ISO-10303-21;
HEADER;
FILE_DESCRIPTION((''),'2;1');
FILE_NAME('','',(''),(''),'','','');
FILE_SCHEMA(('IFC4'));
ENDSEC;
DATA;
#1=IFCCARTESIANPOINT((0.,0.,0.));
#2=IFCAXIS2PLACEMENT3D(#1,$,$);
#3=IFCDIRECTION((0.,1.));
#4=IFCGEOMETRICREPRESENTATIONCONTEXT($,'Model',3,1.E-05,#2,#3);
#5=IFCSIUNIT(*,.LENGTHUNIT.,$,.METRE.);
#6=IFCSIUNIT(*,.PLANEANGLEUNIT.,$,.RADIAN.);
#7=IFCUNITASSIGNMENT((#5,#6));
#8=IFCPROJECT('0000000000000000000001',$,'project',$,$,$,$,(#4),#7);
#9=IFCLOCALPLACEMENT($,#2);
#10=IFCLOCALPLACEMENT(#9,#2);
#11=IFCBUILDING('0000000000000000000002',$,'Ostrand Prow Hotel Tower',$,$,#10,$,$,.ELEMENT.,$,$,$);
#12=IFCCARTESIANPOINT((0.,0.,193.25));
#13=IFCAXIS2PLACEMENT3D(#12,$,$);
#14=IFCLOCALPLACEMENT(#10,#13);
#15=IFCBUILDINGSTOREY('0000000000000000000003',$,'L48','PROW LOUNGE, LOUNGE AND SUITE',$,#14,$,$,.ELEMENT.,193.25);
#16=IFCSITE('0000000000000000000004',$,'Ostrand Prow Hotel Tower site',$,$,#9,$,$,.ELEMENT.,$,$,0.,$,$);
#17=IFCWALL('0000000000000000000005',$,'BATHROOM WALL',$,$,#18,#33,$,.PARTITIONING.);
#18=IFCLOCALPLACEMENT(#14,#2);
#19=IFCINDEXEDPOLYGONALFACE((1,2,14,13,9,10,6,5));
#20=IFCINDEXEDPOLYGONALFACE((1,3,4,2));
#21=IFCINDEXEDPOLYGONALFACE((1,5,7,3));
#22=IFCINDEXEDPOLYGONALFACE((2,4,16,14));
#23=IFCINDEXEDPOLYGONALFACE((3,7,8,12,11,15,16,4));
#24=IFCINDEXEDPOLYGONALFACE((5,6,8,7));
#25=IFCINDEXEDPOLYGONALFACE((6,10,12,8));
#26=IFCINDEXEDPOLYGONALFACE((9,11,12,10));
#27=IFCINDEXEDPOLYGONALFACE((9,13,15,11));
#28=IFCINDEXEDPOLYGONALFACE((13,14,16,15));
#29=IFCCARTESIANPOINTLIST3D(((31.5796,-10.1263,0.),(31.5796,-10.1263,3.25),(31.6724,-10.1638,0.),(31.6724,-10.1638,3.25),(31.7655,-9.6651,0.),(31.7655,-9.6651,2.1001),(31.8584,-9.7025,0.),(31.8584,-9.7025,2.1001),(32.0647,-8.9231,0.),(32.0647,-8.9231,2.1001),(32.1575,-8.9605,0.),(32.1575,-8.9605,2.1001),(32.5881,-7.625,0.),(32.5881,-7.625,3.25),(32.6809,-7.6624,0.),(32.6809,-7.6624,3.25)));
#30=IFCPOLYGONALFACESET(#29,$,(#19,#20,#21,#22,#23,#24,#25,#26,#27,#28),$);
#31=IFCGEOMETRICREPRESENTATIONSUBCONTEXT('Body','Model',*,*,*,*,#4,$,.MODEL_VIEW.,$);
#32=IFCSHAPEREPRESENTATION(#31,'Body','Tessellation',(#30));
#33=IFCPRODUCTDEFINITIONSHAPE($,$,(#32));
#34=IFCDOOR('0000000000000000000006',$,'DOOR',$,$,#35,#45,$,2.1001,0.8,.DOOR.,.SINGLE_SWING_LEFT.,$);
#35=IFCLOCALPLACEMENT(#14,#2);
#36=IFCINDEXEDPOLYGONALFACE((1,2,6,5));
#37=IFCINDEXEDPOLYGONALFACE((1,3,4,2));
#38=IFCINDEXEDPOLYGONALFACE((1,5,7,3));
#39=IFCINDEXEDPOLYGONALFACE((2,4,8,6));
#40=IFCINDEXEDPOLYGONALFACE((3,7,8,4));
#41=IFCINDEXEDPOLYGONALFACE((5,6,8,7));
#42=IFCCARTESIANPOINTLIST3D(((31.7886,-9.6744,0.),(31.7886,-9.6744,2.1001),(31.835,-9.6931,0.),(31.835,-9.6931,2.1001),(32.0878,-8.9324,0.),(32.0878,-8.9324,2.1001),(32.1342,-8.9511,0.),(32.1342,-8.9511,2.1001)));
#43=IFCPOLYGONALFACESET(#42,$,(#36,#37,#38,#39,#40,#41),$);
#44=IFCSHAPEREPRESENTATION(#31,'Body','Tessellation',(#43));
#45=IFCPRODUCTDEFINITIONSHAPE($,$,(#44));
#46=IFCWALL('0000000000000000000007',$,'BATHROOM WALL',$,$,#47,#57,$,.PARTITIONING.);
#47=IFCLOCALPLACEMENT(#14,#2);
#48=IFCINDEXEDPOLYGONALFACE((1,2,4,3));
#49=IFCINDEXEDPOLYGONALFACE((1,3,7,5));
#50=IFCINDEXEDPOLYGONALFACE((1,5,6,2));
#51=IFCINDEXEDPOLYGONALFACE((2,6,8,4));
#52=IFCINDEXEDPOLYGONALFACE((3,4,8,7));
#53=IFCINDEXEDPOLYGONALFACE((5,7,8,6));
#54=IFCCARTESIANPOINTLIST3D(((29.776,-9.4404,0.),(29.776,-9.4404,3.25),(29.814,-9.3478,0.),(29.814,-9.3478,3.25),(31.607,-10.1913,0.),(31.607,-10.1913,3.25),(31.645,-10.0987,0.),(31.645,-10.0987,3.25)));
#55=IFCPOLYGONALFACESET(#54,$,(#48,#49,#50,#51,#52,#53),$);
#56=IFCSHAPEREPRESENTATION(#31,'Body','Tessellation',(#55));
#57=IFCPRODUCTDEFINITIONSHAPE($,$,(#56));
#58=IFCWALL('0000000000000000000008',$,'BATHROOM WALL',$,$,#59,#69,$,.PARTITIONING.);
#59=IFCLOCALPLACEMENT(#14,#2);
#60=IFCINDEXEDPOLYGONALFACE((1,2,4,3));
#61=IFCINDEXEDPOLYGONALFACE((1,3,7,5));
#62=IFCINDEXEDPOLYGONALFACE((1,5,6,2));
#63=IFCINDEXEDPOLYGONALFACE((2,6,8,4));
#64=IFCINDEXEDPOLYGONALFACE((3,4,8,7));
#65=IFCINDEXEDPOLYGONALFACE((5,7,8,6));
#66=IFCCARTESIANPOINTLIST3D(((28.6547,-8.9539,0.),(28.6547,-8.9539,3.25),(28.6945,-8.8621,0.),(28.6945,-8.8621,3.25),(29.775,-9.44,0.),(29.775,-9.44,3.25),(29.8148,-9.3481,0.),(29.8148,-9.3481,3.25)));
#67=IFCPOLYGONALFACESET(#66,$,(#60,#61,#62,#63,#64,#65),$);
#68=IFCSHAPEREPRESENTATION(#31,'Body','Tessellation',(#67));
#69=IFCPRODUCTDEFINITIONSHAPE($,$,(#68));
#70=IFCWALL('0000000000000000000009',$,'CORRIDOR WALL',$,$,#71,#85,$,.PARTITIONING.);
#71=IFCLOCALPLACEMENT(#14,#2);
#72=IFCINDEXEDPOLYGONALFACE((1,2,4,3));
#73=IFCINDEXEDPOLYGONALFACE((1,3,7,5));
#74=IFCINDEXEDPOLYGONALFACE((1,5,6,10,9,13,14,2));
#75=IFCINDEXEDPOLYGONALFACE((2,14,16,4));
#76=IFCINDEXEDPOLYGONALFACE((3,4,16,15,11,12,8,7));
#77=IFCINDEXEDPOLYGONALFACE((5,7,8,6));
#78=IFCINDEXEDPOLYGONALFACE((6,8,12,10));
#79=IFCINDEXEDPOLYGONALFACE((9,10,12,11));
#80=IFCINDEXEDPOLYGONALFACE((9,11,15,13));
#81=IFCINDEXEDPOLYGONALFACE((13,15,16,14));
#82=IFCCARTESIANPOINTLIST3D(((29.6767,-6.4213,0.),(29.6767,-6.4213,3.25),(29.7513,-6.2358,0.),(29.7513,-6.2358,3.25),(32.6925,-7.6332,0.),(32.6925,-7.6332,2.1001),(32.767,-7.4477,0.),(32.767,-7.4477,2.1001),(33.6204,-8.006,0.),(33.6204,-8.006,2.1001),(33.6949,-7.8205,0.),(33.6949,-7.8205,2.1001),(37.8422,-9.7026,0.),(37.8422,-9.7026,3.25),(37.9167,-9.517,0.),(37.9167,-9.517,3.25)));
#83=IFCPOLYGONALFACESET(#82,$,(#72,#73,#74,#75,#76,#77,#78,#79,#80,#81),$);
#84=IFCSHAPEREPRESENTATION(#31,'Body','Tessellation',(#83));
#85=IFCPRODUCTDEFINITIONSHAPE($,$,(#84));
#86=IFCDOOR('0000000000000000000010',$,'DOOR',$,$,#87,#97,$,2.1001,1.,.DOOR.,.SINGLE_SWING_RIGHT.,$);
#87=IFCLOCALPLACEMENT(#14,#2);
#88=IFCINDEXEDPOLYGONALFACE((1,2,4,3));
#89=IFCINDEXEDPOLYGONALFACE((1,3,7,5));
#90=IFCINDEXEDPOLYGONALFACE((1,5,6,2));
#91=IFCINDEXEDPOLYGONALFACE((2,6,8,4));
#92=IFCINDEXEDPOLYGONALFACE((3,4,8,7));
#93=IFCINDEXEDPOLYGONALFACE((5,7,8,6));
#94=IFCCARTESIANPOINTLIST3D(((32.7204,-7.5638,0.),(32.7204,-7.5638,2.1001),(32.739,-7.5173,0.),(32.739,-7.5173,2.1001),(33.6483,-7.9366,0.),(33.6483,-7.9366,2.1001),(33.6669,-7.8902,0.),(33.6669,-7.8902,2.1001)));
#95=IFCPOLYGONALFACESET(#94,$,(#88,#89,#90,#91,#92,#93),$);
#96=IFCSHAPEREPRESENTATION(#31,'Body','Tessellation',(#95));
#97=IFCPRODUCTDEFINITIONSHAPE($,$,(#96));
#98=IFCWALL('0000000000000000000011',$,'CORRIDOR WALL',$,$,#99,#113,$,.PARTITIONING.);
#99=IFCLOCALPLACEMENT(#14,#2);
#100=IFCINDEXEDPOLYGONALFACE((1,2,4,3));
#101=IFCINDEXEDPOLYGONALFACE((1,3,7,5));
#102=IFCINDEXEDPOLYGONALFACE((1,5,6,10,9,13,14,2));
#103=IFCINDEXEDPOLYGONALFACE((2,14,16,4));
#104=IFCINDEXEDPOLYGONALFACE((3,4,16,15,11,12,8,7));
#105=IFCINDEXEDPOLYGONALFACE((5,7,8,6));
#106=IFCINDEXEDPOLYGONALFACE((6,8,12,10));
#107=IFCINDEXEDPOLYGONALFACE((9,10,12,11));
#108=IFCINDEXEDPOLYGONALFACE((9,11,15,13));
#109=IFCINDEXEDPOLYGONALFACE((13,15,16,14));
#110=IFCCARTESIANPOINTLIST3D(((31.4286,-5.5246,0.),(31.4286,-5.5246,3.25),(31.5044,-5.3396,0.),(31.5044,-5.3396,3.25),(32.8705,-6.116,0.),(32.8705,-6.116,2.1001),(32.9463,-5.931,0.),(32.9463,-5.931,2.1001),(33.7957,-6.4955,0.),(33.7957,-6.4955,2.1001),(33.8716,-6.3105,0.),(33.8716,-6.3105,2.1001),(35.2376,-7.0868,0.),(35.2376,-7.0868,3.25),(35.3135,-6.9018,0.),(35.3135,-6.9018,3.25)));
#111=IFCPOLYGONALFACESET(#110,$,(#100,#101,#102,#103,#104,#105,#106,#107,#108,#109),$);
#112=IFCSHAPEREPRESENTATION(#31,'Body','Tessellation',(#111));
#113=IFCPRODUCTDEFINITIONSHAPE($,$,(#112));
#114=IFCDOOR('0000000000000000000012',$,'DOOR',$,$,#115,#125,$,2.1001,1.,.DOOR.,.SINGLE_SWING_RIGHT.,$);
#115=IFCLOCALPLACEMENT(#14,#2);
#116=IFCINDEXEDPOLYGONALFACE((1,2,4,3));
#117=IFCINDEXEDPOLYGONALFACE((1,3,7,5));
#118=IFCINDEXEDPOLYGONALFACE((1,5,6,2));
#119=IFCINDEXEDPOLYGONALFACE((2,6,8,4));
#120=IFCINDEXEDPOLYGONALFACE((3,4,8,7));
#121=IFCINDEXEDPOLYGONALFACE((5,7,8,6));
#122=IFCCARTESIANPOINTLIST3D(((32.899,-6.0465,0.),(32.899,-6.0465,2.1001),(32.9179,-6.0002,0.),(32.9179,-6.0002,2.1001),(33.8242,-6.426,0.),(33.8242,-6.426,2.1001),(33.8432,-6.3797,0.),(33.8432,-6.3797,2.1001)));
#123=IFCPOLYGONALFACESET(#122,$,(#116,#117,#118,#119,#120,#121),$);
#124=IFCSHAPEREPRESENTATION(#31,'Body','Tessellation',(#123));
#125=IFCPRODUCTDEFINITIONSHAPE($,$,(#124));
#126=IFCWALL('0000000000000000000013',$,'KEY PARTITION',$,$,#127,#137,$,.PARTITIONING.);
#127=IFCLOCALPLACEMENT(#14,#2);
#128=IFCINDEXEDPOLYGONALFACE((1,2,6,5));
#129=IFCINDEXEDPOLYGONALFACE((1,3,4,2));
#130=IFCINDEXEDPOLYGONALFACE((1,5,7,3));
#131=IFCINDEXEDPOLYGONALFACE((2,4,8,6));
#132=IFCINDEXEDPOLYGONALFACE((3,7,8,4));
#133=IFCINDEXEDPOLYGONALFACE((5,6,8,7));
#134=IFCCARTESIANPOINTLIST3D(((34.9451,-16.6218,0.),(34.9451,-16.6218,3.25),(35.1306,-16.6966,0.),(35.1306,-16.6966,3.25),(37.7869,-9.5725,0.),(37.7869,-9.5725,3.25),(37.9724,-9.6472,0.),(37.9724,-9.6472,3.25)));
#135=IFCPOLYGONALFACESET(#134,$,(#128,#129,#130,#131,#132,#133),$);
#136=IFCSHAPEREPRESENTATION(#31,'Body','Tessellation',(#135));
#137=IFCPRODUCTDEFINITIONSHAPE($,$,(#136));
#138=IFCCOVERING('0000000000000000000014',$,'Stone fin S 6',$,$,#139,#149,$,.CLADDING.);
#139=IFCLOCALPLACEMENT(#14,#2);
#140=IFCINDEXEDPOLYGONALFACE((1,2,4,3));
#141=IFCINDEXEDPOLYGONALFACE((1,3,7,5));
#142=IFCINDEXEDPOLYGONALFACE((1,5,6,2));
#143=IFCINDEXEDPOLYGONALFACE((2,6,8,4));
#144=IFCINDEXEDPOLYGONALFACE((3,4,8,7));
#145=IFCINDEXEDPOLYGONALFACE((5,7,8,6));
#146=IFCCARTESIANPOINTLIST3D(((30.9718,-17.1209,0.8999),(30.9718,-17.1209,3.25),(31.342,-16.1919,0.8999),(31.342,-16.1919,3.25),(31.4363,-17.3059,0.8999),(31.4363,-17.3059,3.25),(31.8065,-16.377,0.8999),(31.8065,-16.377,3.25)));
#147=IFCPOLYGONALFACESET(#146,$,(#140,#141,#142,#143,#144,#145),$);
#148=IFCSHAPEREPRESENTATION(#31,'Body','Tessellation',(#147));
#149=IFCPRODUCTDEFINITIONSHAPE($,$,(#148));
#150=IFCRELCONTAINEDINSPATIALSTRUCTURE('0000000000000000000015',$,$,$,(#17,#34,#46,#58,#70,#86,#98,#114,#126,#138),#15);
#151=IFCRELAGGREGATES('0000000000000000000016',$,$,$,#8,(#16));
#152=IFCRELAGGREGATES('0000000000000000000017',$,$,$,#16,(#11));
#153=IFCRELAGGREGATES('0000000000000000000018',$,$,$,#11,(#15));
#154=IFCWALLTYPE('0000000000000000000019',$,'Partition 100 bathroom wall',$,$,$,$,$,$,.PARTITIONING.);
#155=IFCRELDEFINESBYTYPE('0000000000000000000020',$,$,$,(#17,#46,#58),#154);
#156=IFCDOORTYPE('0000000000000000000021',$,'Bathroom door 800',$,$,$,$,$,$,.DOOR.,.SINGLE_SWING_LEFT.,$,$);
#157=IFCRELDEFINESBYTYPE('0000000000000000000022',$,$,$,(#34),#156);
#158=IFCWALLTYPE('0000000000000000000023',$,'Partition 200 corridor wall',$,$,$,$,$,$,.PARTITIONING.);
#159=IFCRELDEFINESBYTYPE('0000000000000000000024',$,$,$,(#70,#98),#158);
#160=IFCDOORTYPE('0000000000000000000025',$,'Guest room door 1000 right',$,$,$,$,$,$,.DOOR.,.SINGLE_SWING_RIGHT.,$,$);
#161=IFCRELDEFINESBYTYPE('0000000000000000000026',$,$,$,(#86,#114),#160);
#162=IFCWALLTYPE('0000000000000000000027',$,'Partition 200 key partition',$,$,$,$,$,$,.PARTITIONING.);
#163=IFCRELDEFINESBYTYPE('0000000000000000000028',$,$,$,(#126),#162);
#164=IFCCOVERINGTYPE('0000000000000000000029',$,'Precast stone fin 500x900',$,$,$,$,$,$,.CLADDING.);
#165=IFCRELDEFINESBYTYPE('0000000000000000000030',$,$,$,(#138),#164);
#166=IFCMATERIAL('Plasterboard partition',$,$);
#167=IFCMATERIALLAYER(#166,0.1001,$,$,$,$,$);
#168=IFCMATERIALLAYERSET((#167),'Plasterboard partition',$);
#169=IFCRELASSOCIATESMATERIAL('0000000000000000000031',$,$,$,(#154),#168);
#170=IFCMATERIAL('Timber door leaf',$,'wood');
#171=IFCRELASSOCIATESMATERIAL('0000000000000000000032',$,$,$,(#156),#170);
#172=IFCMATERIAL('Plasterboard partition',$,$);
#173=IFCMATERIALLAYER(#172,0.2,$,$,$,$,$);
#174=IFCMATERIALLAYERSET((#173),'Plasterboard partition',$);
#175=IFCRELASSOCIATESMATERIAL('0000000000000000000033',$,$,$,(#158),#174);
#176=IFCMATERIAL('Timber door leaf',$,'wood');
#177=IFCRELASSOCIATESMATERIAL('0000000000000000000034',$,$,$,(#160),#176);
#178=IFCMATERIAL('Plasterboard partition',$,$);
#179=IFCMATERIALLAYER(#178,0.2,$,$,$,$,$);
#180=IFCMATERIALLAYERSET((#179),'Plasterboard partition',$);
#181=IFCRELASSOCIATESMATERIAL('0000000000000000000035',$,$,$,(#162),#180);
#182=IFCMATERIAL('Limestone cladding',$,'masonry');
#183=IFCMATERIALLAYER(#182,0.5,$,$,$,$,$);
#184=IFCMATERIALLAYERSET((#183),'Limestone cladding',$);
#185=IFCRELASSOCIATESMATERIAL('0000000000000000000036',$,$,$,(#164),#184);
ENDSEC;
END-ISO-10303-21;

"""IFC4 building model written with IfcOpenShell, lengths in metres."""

from ifc_helpers import new_model, si_unit, direction, frame, frame_2d, origin, place, context, subcontext, project, spatial, rectangle, extrude, material, layer, layer_set, type_object, element, fill, save


model = new_model("IFC4")

# Units and contexts
model_context = context("Model", 3, precision=1e-05, world=origin(), true_north=direction((0.0, 1.0)))
body_context = subcontext(model_context, "Body", "Model", "MODEL_VIEW")
ifc_project = project(units=[si_unit("LENGTHUNIT", "METRE"), si_unit("PLANEANGLEUNIT", "RADIAN")], contexts=[model_context])

# Site, building, storey
site_placement = place(None, origin())
site = spatial("IfcSite", under=ifc_project, at=site_placement, Name="Ostrand Prow Hotel Tower site", CompositionType="ELEMENT", RefElevation=0.0)
building_placement = place(site_placement, origin())
building = spatial("IfcBuilding", under=site, at=building_placement, Name="Ostrand Prow Hotel Tower", CompositionType="ELEMENT")
storey_placement = place(building_placement, frame((0.0, 0.0, 193.25)))
storey = spatial("IfcBuildingStorey", under=building, at=storey_placement, Name="L48", Description="PROW LOUNGE, LOUNGE AND SUITE", CompositionType="ELEMENT", Elevation=193.25)

# Wall, opening, door
ifc_material_1 = material(Name="Plasterboard partition")
ifc_layer_1 = layer(ifc_material_1, 0.1001)
ifc_layer_set_1 = layer_set([ifc_layer_1], Name="Plasterboard partition")
wall_type_1 = type_object("IfcWallType", Name="Partition 100 bathroom wall", PredefinedType="PARTITIONING", material=ifc_layer_set_1)
ifc_material_2 = material(Name="Timber door leaf", Category="wood")
door_type_1 = type_object("IfcDoorType", Name="Bathroom door 800", OperationType="SINGLE_SWING_LEFT", PredefinedType="DOOR", material=ifc_material_2)
wall_1_placement = place(storey_placement, frame((32.6345, -7.6436, 0.0), z_axis=(0.0, 0.0, 1.0), x_axis=(-0.373933, -0.927456, 0.0)))
wall_1 = element("IfcWall", 1, at=wall_1_placement, inside=storey, type_object=wall_type_1, Name="BATHROOM WALL", PredefinedType="PARTITIONING", context=body_context, shape_type="SweptSolid", body=[
    extrude(rectangle(XDim=2.697, YDim=0.1001, at=frame_2d((1.3486, 0.0))), origin(), (0.0, 0.0, 1.0), 3.25),
])
opening_1_placement = place(wall_1_placement, frame((1.3999, 0.0, 0.0)))
opening_1 = element("IfcOpeningElement", 2, at=opening_1_placement, cuts=wall_1, PredefinedType="OPENING", context=body_context, shape_type="SweptSolid", body=[
    extrude(rectangle(XDim=0.8, YDim=2.1001, at=frame_2d((0.3999, 1.05))), frame((0.0, 0.0601, 0.0), z_axis=(0.0, -1.0, 0.0), x_axis=(1.0, 0.0, 0.0)), (0.0, 0.0, 1.0), 0.1201),
])
door_1_placement = place(opening_1_placement, origin())
door_1 = element("IfcDoor", 3, at=door_1_placement, inside=storey, type_object=door_type_1, Name="DOOR", OperationType="SINGLE_SWING_LEFT", OverallHeight=2.1001, OverallWidth=0.8, PredefinedType="DOOR", context=body_context, shape_type="SweptSolid", body=[
    extrude(rectangle(XDim=0.8, YDim=2.1001, at=frame_2d((0.3999, 1.05))), frame((0.0, 0.0249, 0.0), z_axis=(0.0, -1.0, 0.0), x_axis=(1.0, 0.0, 0.0)), (0.0, 0.0, 1.0), 0.05),
])
fill(opening_1, door_1)

# Walls
wall_2_placement = place(storey_placement, frame((31.626, -10.145, 0.0), z_axis=(0.0, 0.0, 1.0), x_axis=(-0.925209, 0.379459, 0.0)))
element("IfcWall", 4, at=wall_2_placement, inside=storey, type_object=wall_type_1, Name="BATHROOM WALL", PredefinedType="PARTITIONING", context=body_context, shape_type="SweptSolid", body=[
    extrude(rectangle(XDim=1.979, YDim=0.1001, at=frame_2d((0.9895, 0.0))), origin(), (0.0, 0.0, 1.0), 3.25),
])
wall_3_placement = place(storey_placement, frame((29.7949, -9.394, 0.0), z_axis=(0.0, 0.0, 1.0), x_axis=(-0.917378, 0.398017, 0.0)))
element("IfcWall", 5, at=wall_3_placement, inside=storey, type_object=wall_type_1, Name="BATHROOM WALL", PredefinedType="PARTITIONING", context=body_context, shape_type="SweptSolid", body=[
    extrude(rectangle(XDim=1.2212, YDim=0.1001, at=frame_2d((0.6106, 0.0))), origin(), (0.0, 0.0, 1.0), 3.25),
])

# Walls, openings, doors
ifc_material_3 = material(Name="Plasterboard partition")
ifc_layer_2 = layer(ifc_material_3, 0.2)
ifc_layer_set_2 = layer_set([ifc_layer_2], Name="Plasterboard partition")
wall_type_2 = type_object("IfcWallType", Name="Partition 200 corridor wall", PredefinedType="PARTITIONING", material=ifc_layer_set_2)
wall_4_placement = place(storey_placement, frame((29.7141, -6.3286, 0.0), z_axis=(0.0, 0.0, 1.0), x_axis=(0.927886, -0.372863, 0.0)))
wall_4 = element("IfcWall", 6, at=wall_4_placement, inside=storey, type_object=wall_type_2, Name="CORRIDOR WALL", PredefinedType="PARTITIONING", context=body_context, shape_type="SweptSolid", body=[
    extrude(rectangle(XDim=8.8, YDim=0.2, at=frame_2d((4.3999, 0.0))), origin(), (0.0, 0.0, 1.0), 3.25),
])
opening_2_placement = place(wall_4_placement, frame((3.25, 0.0, 0.0)))
opening_2 = element("IfcOpeningElement", 7, at=opening_2_placement, cuts=wall_4, PredefinedType="OPENING", context=body_context, shape_type="SweptSolid", body=[
    extrude(rectangle(XDim=1.0, YDim=2.1001, at=frame_2d((0.5, 1.05))), frame((0.0, 0.1099, 0.0), z_axis=(0.0, -1.0, 0.0), x_axis=(1.0, 0.0, 0.0)), (0.0, 0.0, 1.0), 0.22),
])
ifc_material_4 = material(Name="Timber door leaf", Category="wood")
door_type_2 = type_object("IfcDoorType", Name="Guest room door 1000 right", OperationType="SINGLE_SWING_RIGHT", PredefinedType="DOOR", material=ifc_material_4)
door_2_placement = place(opening_2_placement, origin())
door_2 = element("IfcDoor", 8, at=door_2_placement, inside=storey, type_object=door_type_2, Name="DOOR", OperationType="SINGLE_SWING_RIGHT", OverallHeight=2.1001, OverallWidth=1.0, PredefinedType="DOOR", context=body_context, shape_type="SweptSolid", body=[
    extrude(rectangle(XDim=1.0, YDim=2.1001, at=frame_2d((0.5, 1.05))), frame((0.0, 0.0249, 0.0), z_axis=(0.0, -1.0, 0.0), x_axis=(1.0, 0.0, 0.0)), (0.0, 0.0, 1.0), 0.05),
])
fill(opening_2, door_2)
wall_5_placement = place(storey_placement, frame((35.2756, -6.9944, 0.0), z_axis=(0.0, 0.0, 1.0), x_axis=(-0.925207, 0.379464, 0.0)))
wall_5 = element("IfcWall", 9, at=wall_5_placement, inside=storey, type_object=wall_type_2, Name="CORRIDOR WALL", PredefinedType="PARTITIONING", context=body_context, shape_type="SweptSolid", body=[
    extrude(rectangle(XDim=4.1169, YDim=0.2, at=frame_2d((2.0586, 0.0))), origin(), (0.0, 0.0, 1.0), 3.25),
])
opening_3_placement = place(wall_5_placement, frame((1.5586, 0.0, 0.0)))
opening_3 = element("IfcOpeningElement", 10, at=opening_3_placement, cuts=wall_5, PredefinedType="OPENING", context=body_context, shape_type="SweptSolid", body=[
    extrude(rectangle(XDim=1.0, YDim=2.1001, at=frame_2d((0.5, 1.05))), frame((0.0, 0.1099, 0.0), z_axis=(0.0, -1.0, 0.0), x_axis=(1.0, 0.0, 0.0)), (0.0, 0.0, 1.0), 0.22),
])
door_3_placement = place(opening_3_placement, origin())
door_3 = element("IfcDoor", 11, at=door_3_placement, inside=storey, type_object=door_type_2, Name="DOOR", OperationType="SINGLE_SWING_RIGHT", OverallHeight=2.1001, OverallWidth=1.0, PredefinedType="DOOR", context=body_context, shape_type="SweptSolid", body=[
    extrude(rectangle(XDim=1.0, YDim=2.1001, at=frame_2d((0.5, 1.05))), frame((0.0, 0.0249, 0.0), z_axis=(0.0, -1.0, 0.0), x_axis=(1.0, 0.0, 0.0)), (0.0, 0.0, 1.0), 0.05),
])
fill(opening_3, door_3)

# Wall
ifc_material_5 = material(Name="Plasterboard partition")
ifc_layer_3 = layer(ifc_material_5, 0.2)
ifc_layer_set_3 = layer_set([ifc_layer_3], Name="Plasterboard partition")
wall_type_3 = type_object("IfcWallType", Name="Partition 200 key partition", PredefinedType="PARTITIONING", material=ifc_layer_set_3)
wall_6_placement = place(storey_placement, frame((35.0378, -16.6592, 0.0), z_axis=(0.0, 0.0, 1.0), x_axis=(0.373893, 0.927472, 0.0)))
element("IfcWall", 12, at=wall_6_placement, inside=storey, type_object=wall_type_3, Name="KEY PARTITION", PredefinedType="PARTITIONING", context=body_context, shape_type="SweptSolid", body=[
    extrude(rectangle(XDim=7.6006, YDim=0.2, at=frame_2d((3.8003, 0.0))), origin(), (0.0, 0.0, 1.0), 3.25),
])

# Covering
ifc_material_6 = material(Name="Limestone cladding", Category="masonry")
ifc_layer_4 = layer(ifc_material_6, 0.5)
ifc_layer_set_4 = layer_set([ifc_layer_4], Name="Limestone cladding")
covering_type = type_object("IfcCoveringType", Name="Precast stone fin 500x900", PredefinedType="CLADDING", material=ifc_layer_set_4)
covering_placement = place(storey_placement, frame((31.5742, -16.2844, 0.8999), z_axis=(0.0, 0.0, 1.0), x_axis=(-0.370128, -0.928981, 0.0)))
element("IfcCovering", 13, at=covering_placement, inside=storey, type_object=covering_type, Name="Stone fin S 6", PredefinedType="CLADDING", context=body_context, shape_type="SweptSolid", body=[
    extrude(rectangle(XDim=1.0, YDim=0.5, at=frame_2d((0.5, 0.0))), origin(), (0.0, 0.0, 1.0), 2.3501),
])

save(model, "model.ifc")
